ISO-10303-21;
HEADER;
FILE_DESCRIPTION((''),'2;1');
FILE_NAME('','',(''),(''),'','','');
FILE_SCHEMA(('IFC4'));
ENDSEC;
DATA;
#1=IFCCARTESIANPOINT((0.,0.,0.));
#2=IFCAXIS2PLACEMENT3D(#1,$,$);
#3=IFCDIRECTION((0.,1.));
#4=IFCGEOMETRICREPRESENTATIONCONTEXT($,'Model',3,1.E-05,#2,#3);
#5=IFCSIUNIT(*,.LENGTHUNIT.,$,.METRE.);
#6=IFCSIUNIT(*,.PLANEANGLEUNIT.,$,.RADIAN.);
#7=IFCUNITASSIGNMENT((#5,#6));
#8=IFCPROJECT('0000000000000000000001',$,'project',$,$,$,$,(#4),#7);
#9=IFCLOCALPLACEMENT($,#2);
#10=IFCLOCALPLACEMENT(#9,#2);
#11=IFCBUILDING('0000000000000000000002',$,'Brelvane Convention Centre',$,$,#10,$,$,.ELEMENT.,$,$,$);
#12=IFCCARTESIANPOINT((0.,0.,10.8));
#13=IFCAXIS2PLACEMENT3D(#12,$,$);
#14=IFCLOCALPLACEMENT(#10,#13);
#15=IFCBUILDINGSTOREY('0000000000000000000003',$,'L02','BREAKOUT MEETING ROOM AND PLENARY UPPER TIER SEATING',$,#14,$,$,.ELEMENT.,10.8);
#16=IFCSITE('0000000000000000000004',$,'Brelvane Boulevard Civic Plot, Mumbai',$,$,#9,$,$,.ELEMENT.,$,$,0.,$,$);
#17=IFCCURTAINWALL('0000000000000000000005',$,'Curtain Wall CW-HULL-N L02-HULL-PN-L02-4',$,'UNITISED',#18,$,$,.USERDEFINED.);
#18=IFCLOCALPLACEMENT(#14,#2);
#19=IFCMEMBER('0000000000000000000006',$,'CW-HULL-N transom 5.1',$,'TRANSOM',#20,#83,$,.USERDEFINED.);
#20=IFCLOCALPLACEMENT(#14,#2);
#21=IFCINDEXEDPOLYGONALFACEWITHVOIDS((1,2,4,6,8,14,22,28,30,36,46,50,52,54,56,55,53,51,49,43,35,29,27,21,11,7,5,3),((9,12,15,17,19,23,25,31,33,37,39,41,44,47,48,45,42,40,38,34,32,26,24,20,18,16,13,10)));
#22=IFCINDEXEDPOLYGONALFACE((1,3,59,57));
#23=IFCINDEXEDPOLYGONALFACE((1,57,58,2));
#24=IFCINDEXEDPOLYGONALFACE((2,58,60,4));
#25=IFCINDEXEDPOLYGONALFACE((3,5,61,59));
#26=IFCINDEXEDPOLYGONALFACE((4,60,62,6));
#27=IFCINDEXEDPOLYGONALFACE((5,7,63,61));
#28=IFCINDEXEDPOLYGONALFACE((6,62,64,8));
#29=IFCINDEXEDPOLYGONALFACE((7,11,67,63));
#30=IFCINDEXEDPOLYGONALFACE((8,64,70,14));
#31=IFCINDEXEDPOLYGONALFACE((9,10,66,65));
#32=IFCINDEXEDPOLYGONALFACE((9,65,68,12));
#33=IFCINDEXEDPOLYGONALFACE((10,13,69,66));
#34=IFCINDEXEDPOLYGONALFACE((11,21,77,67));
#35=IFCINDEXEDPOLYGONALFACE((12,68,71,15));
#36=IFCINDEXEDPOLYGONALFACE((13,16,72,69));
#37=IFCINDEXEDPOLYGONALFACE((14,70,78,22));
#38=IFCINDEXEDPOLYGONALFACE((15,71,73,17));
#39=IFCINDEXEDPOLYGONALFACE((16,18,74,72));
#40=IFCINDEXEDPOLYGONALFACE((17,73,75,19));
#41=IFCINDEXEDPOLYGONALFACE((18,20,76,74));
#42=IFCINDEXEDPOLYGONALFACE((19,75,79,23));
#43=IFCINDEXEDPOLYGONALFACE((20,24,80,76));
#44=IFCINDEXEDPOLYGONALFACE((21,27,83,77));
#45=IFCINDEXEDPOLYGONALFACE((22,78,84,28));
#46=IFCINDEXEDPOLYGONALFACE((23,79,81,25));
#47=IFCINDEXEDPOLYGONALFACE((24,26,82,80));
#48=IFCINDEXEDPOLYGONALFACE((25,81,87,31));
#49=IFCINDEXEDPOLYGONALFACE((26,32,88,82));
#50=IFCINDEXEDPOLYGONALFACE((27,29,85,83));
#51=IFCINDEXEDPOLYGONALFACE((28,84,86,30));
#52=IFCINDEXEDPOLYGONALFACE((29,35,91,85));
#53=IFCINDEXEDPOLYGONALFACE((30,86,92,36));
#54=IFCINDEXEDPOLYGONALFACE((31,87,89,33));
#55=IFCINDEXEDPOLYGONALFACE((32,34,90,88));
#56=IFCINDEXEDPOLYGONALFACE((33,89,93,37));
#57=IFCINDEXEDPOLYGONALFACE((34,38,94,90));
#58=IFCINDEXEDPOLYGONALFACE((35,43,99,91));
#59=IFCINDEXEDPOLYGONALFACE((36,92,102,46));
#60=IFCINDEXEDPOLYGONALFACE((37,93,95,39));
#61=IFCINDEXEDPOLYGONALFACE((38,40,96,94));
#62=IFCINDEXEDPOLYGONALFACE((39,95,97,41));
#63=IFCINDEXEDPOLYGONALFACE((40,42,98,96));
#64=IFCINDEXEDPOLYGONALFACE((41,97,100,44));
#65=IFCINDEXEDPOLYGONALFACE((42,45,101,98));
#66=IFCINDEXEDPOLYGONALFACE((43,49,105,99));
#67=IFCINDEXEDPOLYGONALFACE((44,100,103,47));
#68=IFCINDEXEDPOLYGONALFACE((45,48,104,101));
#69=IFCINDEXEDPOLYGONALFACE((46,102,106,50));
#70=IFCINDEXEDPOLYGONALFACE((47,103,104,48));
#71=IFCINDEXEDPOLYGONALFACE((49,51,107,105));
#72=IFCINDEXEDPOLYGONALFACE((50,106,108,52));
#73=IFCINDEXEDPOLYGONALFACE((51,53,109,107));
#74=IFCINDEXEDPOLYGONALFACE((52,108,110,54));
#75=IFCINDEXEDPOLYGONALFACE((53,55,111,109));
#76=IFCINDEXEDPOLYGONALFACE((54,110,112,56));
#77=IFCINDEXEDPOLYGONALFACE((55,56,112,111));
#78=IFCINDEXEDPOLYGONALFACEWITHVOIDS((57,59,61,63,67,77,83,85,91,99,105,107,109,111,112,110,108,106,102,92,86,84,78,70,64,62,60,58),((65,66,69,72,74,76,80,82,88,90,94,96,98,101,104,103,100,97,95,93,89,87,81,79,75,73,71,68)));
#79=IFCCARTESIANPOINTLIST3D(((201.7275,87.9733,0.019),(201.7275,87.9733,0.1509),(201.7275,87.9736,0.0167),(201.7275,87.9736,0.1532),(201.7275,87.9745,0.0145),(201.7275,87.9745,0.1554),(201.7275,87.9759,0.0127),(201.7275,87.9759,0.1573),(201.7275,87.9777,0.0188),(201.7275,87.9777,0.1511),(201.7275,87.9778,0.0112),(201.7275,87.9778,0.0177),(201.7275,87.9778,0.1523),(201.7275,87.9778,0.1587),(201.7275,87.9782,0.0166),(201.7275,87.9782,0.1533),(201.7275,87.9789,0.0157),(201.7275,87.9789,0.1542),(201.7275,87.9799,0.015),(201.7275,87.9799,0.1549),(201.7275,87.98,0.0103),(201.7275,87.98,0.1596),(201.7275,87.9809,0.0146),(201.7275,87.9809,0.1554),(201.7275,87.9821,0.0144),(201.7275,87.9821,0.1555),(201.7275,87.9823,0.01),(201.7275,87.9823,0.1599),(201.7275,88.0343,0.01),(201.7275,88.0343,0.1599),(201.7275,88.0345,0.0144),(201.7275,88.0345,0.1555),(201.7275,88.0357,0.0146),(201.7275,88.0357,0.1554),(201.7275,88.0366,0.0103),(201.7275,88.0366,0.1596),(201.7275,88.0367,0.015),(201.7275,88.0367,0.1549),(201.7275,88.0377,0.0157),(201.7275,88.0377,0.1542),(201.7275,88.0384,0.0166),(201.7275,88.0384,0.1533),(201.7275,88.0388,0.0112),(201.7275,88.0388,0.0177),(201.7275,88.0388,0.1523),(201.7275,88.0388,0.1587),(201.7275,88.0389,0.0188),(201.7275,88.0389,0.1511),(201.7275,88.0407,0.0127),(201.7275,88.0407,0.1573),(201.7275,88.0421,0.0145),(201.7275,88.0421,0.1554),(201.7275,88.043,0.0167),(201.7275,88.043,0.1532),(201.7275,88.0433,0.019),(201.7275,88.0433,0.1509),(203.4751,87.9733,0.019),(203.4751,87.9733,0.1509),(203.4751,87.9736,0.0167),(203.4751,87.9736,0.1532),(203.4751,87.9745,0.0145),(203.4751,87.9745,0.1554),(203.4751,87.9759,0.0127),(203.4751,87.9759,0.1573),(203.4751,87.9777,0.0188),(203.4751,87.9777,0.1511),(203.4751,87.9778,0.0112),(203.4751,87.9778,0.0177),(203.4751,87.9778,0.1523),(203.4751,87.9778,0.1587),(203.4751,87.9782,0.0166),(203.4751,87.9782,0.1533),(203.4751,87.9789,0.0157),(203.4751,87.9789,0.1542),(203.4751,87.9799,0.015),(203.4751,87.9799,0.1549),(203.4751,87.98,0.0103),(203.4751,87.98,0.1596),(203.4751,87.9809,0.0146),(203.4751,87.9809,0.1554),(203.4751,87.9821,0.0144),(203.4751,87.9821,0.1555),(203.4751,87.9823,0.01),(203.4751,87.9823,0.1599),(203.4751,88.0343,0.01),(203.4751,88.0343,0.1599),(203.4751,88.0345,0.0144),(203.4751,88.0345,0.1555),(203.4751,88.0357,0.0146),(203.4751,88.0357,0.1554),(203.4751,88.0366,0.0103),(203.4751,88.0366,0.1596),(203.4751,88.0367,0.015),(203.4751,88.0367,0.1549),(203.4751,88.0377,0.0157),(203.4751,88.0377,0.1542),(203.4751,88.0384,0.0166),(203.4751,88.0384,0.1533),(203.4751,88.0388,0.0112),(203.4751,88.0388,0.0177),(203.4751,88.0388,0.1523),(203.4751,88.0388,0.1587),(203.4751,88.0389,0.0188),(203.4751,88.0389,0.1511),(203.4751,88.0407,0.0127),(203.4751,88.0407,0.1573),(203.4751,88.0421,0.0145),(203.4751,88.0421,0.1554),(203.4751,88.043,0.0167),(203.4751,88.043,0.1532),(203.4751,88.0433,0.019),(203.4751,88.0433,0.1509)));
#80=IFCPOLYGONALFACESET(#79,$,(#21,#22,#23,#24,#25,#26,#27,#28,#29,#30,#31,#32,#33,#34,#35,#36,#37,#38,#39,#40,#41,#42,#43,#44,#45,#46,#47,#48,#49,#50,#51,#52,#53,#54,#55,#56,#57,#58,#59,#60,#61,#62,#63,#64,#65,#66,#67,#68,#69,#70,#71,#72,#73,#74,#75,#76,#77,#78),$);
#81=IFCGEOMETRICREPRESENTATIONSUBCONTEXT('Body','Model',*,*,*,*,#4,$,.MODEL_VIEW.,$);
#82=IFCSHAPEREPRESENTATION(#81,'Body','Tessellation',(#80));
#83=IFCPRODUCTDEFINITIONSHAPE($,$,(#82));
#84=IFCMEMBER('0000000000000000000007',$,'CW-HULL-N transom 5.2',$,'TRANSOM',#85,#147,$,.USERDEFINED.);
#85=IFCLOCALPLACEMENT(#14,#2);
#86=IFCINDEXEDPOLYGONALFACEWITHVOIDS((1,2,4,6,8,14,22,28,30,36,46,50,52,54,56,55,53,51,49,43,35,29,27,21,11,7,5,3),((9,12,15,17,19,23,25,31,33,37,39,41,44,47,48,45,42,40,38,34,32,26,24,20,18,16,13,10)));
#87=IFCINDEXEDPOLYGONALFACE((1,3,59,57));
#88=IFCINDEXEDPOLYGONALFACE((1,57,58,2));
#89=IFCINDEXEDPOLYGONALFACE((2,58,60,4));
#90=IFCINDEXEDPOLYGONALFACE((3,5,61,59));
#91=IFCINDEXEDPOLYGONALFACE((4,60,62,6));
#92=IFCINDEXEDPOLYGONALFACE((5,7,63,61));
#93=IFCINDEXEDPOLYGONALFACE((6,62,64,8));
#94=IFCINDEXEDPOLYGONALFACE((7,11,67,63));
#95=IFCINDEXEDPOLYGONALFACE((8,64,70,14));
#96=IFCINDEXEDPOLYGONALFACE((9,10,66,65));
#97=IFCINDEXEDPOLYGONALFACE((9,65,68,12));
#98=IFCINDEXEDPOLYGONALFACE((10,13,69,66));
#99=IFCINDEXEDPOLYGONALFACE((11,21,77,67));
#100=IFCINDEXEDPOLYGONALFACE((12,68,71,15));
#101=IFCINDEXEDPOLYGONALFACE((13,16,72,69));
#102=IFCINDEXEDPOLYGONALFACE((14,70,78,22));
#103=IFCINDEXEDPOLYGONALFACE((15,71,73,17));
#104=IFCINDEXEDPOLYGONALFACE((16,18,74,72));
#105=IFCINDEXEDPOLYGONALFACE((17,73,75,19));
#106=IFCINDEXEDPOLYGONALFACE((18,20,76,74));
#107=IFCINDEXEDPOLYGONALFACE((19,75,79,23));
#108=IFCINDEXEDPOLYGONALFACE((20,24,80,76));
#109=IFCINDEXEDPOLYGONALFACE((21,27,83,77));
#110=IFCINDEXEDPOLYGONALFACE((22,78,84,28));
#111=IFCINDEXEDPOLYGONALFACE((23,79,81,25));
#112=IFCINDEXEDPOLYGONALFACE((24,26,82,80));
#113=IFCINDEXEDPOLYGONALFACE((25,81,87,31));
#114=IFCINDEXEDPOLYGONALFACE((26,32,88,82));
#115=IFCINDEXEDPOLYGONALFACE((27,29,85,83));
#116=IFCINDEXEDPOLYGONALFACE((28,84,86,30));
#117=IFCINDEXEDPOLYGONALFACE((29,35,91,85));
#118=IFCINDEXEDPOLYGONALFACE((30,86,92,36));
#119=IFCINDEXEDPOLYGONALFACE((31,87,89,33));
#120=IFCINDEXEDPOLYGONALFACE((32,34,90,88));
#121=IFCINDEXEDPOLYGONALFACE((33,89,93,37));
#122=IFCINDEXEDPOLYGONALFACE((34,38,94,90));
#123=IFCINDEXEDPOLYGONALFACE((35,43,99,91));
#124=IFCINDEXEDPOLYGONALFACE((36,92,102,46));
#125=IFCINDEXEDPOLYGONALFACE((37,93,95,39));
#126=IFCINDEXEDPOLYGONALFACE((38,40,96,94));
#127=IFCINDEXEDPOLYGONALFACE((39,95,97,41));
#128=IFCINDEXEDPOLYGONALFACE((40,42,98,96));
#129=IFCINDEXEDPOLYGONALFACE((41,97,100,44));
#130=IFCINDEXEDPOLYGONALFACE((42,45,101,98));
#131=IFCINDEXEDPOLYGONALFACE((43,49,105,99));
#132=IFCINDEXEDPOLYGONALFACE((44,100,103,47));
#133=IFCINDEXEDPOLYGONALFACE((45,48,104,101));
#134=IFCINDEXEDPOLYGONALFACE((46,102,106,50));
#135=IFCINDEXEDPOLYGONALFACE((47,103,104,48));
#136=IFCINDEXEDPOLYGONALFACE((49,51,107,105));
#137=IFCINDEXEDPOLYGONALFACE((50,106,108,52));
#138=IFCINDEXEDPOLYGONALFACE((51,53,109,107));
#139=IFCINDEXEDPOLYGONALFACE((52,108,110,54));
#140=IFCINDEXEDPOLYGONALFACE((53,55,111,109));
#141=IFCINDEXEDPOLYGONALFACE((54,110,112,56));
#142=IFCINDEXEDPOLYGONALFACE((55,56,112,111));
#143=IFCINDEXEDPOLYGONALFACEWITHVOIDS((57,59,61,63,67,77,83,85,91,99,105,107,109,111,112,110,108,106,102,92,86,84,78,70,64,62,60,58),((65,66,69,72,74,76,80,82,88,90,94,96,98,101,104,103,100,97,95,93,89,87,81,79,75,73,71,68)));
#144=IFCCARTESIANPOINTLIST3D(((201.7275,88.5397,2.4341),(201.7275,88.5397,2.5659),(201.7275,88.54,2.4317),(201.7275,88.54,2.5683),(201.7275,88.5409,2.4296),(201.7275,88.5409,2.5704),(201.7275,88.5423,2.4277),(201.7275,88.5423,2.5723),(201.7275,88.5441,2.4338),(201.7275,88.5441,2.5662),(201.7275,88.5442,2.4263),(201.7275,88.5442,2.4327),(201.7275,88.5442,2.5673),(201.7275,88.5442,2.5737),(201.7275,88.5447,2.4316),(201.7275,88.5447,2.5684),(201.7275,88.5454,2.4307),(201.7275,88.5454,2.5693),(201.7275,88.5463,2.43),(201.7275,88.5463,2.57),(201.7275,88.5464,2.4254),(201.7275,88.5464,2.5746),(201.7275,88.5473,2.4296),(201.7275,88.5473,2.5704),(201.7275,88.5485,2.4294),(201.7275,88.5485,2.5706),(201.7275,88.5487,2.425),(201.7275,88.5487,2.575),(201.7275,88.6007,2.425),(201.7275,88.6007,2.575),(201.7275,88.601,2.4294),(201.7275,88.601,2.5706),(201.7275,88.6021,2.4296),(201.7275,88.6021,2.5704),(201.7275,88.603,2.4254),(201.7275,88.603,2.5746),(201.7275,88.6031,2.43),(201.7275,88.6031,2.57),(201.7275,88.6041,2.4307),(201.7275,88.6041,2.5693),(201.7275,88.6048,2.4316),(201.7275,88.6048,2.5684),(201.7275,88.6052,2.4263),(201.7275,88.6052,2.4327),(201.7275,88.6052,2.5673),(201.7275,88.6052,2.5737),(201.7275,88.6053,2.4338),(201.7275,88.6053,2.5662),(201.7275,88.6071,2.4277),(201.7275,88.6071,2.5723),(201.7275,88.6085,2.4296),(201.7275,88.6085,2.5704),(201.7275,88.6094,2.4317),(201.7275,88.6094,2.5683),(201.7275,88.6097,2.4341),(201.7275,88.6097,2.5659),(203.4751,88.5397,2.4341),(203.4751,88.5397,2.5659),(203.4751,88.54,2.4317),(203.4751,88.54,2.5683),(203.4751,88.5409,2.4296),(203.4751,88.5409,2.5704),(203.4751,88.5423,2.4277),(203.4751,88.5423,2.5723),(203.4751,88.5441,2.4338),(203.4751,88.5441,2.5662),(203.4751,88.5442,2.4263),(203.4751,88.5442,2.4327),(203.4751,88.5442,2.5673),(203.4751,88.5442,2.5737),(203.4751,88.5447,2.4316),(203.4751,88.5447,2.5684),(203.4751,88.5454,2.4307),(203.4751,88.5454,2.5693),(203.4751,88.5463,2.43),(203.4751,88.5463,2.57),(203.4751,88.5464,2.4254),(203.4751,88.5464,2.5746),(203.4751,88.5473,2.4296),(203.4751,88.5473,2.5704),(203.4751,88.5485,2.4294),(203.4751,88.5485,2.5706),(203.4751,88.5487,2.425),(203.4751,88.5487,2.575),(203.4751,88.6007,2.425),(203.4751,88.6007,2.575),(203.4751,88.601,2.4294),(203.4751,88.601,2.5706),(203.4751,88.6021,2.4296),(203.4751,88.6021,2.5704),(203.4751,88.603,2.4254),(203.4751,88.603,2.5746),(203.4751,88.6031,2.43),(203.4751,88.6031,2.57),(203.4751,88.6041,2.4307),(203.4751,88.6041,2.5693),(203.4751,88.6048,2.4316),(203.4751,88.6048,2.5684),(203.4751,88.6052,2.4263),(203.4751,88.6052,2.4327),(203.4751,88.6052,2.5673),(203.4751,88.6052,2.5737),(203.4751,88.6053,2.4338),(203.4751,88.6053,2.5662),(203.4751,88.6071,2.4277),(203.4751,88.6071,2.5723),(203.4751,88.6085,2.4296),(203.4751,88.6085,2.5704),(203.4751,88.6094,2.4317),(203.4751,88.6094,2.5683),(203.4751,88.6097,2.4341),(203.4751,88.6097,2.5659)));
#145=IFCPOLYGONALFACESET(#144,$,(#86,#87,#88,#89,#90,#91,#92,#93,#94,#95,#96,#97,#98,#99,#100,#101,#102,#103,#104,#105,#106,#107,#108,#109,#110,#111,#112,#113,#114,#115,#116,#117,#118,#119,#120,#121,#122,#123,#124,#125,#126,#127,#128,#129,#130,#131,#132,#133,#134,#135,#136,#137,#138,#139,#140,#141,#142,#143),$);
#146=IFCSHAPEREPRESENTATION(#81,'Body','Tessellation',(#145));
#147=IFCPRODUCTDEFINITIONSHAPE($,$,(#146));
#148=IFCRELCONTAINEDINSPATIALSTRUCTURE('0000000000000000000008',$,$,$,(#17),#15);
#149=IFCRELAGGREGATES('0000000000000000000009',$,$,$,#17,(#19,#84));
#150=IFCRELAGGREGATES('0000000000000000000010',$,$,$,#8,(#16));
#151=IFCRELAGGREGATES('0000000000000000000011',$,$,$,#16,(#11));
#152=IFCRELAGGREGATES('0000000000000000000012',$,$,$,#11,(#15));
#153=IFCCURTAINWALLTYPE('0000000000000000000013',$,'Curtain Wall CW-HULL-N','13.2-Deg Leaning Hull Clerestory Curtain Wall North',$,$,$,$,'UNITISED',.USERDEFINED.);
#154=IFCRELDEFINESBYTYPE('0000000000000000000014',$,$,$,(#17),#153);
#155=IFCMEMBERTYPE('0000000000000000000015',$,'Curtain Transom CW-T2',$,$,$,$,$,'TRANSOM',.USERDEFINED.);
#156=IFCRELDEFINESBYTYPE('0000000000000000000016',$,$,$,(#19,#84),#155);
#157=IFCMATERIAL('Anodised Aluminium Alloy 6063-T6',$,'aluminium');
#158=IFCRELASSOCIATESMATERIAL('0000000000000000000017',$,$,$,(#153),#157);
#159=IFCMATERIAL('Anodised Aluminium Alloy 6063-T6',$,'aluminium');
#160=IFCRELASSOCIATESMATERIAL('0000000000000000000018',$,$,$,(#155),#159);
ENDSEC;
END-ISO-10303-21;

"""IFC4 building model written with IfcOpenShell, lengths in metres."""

from ifc_helpers import new_model, si_unit, direction, frame, origin, origin_2d, place, context, subcontext, project, spatial, hollow_rectangle, extrude, material, material_profile, profile_set, type_object, element, aggregate, save


model = new_model("IFC4")

# Units and contexts
model_context = context("Model", 3, precision=1e-05, world=origin(), true_north=direction((0.0, 1.0)))
body_context = subcontext(model_context, "Body", "Model", "MODEL_VIEW")
ifc_project = project(units=[si_unit("LENGTHUNIT", "METRE"), si_unit("PLANEANGLEUNIT", "RADIAN")], contexts=[model_context])

# Site, building, storey
site_placement = place(None, origin())
site = spatial("IfcSite", under=ifc_project, at=site_placement, Name="Brelvane Boulevard Civic Plot, Mumbai", CompositionType="ELEMENT", RefElevation=0.0)
building_placement = place(site_placement, origin())
building = spatial("IfcBuilding", under=site, at=building_placement, Name="Brelvane Convention Centre", CompositionType="ELEMENT")
storey_placement = place(building_placement, frame((0.0, 0.0, 10.8)))
storey = spatial("IfcBuildingStorey", under=building, at=storey_placement, Name="L02", Description="BREAKOUT MEETING ROOM AND PLENARY UPPER TIER SEATING", CompositionType="ELEMENT", Elevation=10.8)

# Curtain wall
ifc_material_1 = material(Name="Anodised Aluminium Alloy 6063-T6", Category="aluminium")
curtain_wall_type = type_object("IfcCurtainWallType", Name="Curtain Wall CW-HULL-N", Description="13.2-Deg Leaning Hull Clerestory Curtain Wall North", ElementType="UNITISED", PredefinedType="USERDEFINED", material=ifc_material_1)
curtain_wall_1_placement = place(storey_placement, origin())
curtain_wall_1 = element("IfcCurtainWall", 1, at=curtain_wall_1_placement, inside=storey, type_object=curtain_wall_type, Name="Curtain Wall CW-HULL-N L02-HULL-PN-L02-4", ObjectType="UNITISED", PredefinedType="USERDEFINED")

# Members
ifc_material_2 = material(Name="Anodised Aluminium Alloy 6063-T6", Category="aluminium")
ifc_material_profile_1 = material_profile(ifc_material_2, hollow_rectangle(XDim=0.0701, YDim=0.1499, WallThickness=0.0044, InnerFilletRadius=0.0044, OuterFilletRadius=0.009, at=origin_2d()), Name="ALU-T 150x70x4.5")
ifc_profile_set_1 = profile_set([ifc_material_profile_1], Name="Anodised Aluminium Alloy 6063-T6")
member_type_1 = type_object("IfcMemberType", Name="Curtain Transom CW-T2", ElementType="TRANSOM", PredefinedType="USERDEFINED", material=ifc_profile_set_1)
member_1_placement = place(storey_placement, frame((201.7275, 88.0083, 0.085), z_axis=(1.0, 0.0, 0.0), x_axis=(0.0, 1.0, 0.0)))
member_1 = element("IfcMember", 2, at=member_1_placement, type_object=member_type_1, Name="CW-HULL-N transom 5.1", ObjectType="TRANSOM", PredefinedType="USERDEFINED", context=body_context, shape_type="SweptSolid", body=[
    extrude(hollow_rectangle(XDim=0.0701, YDim=0.1499, WallThickness=0.0044, InnerFilletRadius=0.0044, OuterFilletRadius=0.009, at=origin_2d()), origin(), (0.0, 0.0, 1.0), 1.7476),
])
member_2_placement = place(storey_placement, frame((201.7275, 88.5747, 2.5), z_axis=(1.0, 0.0, 0.0), x_axis=(0.0, 1.0, 0.0)))
member_2 = element("IfcMember", 3, at=member_2_placement, type_object=member_type_1, Name="CW-HULL-N transom 5.2", ObjectType="TRANSOM", PredefinedType="USERDEFINED", context=body_context, shape_type="SweptSolid", body=[
    extrude(hollow_rectangle(XDim=0.0701, YDim=0.1499, WallThickness=0.0044, InnerFilletRadius=0.0044, OuterFilletRadius=0.009, at=origin_2d()), origin(), (0.0, 0.0, 1.0), 1.7476),
])

aggregate(curtain_wall_1, [member_1, member_2])

save(model, "model.ifc")
